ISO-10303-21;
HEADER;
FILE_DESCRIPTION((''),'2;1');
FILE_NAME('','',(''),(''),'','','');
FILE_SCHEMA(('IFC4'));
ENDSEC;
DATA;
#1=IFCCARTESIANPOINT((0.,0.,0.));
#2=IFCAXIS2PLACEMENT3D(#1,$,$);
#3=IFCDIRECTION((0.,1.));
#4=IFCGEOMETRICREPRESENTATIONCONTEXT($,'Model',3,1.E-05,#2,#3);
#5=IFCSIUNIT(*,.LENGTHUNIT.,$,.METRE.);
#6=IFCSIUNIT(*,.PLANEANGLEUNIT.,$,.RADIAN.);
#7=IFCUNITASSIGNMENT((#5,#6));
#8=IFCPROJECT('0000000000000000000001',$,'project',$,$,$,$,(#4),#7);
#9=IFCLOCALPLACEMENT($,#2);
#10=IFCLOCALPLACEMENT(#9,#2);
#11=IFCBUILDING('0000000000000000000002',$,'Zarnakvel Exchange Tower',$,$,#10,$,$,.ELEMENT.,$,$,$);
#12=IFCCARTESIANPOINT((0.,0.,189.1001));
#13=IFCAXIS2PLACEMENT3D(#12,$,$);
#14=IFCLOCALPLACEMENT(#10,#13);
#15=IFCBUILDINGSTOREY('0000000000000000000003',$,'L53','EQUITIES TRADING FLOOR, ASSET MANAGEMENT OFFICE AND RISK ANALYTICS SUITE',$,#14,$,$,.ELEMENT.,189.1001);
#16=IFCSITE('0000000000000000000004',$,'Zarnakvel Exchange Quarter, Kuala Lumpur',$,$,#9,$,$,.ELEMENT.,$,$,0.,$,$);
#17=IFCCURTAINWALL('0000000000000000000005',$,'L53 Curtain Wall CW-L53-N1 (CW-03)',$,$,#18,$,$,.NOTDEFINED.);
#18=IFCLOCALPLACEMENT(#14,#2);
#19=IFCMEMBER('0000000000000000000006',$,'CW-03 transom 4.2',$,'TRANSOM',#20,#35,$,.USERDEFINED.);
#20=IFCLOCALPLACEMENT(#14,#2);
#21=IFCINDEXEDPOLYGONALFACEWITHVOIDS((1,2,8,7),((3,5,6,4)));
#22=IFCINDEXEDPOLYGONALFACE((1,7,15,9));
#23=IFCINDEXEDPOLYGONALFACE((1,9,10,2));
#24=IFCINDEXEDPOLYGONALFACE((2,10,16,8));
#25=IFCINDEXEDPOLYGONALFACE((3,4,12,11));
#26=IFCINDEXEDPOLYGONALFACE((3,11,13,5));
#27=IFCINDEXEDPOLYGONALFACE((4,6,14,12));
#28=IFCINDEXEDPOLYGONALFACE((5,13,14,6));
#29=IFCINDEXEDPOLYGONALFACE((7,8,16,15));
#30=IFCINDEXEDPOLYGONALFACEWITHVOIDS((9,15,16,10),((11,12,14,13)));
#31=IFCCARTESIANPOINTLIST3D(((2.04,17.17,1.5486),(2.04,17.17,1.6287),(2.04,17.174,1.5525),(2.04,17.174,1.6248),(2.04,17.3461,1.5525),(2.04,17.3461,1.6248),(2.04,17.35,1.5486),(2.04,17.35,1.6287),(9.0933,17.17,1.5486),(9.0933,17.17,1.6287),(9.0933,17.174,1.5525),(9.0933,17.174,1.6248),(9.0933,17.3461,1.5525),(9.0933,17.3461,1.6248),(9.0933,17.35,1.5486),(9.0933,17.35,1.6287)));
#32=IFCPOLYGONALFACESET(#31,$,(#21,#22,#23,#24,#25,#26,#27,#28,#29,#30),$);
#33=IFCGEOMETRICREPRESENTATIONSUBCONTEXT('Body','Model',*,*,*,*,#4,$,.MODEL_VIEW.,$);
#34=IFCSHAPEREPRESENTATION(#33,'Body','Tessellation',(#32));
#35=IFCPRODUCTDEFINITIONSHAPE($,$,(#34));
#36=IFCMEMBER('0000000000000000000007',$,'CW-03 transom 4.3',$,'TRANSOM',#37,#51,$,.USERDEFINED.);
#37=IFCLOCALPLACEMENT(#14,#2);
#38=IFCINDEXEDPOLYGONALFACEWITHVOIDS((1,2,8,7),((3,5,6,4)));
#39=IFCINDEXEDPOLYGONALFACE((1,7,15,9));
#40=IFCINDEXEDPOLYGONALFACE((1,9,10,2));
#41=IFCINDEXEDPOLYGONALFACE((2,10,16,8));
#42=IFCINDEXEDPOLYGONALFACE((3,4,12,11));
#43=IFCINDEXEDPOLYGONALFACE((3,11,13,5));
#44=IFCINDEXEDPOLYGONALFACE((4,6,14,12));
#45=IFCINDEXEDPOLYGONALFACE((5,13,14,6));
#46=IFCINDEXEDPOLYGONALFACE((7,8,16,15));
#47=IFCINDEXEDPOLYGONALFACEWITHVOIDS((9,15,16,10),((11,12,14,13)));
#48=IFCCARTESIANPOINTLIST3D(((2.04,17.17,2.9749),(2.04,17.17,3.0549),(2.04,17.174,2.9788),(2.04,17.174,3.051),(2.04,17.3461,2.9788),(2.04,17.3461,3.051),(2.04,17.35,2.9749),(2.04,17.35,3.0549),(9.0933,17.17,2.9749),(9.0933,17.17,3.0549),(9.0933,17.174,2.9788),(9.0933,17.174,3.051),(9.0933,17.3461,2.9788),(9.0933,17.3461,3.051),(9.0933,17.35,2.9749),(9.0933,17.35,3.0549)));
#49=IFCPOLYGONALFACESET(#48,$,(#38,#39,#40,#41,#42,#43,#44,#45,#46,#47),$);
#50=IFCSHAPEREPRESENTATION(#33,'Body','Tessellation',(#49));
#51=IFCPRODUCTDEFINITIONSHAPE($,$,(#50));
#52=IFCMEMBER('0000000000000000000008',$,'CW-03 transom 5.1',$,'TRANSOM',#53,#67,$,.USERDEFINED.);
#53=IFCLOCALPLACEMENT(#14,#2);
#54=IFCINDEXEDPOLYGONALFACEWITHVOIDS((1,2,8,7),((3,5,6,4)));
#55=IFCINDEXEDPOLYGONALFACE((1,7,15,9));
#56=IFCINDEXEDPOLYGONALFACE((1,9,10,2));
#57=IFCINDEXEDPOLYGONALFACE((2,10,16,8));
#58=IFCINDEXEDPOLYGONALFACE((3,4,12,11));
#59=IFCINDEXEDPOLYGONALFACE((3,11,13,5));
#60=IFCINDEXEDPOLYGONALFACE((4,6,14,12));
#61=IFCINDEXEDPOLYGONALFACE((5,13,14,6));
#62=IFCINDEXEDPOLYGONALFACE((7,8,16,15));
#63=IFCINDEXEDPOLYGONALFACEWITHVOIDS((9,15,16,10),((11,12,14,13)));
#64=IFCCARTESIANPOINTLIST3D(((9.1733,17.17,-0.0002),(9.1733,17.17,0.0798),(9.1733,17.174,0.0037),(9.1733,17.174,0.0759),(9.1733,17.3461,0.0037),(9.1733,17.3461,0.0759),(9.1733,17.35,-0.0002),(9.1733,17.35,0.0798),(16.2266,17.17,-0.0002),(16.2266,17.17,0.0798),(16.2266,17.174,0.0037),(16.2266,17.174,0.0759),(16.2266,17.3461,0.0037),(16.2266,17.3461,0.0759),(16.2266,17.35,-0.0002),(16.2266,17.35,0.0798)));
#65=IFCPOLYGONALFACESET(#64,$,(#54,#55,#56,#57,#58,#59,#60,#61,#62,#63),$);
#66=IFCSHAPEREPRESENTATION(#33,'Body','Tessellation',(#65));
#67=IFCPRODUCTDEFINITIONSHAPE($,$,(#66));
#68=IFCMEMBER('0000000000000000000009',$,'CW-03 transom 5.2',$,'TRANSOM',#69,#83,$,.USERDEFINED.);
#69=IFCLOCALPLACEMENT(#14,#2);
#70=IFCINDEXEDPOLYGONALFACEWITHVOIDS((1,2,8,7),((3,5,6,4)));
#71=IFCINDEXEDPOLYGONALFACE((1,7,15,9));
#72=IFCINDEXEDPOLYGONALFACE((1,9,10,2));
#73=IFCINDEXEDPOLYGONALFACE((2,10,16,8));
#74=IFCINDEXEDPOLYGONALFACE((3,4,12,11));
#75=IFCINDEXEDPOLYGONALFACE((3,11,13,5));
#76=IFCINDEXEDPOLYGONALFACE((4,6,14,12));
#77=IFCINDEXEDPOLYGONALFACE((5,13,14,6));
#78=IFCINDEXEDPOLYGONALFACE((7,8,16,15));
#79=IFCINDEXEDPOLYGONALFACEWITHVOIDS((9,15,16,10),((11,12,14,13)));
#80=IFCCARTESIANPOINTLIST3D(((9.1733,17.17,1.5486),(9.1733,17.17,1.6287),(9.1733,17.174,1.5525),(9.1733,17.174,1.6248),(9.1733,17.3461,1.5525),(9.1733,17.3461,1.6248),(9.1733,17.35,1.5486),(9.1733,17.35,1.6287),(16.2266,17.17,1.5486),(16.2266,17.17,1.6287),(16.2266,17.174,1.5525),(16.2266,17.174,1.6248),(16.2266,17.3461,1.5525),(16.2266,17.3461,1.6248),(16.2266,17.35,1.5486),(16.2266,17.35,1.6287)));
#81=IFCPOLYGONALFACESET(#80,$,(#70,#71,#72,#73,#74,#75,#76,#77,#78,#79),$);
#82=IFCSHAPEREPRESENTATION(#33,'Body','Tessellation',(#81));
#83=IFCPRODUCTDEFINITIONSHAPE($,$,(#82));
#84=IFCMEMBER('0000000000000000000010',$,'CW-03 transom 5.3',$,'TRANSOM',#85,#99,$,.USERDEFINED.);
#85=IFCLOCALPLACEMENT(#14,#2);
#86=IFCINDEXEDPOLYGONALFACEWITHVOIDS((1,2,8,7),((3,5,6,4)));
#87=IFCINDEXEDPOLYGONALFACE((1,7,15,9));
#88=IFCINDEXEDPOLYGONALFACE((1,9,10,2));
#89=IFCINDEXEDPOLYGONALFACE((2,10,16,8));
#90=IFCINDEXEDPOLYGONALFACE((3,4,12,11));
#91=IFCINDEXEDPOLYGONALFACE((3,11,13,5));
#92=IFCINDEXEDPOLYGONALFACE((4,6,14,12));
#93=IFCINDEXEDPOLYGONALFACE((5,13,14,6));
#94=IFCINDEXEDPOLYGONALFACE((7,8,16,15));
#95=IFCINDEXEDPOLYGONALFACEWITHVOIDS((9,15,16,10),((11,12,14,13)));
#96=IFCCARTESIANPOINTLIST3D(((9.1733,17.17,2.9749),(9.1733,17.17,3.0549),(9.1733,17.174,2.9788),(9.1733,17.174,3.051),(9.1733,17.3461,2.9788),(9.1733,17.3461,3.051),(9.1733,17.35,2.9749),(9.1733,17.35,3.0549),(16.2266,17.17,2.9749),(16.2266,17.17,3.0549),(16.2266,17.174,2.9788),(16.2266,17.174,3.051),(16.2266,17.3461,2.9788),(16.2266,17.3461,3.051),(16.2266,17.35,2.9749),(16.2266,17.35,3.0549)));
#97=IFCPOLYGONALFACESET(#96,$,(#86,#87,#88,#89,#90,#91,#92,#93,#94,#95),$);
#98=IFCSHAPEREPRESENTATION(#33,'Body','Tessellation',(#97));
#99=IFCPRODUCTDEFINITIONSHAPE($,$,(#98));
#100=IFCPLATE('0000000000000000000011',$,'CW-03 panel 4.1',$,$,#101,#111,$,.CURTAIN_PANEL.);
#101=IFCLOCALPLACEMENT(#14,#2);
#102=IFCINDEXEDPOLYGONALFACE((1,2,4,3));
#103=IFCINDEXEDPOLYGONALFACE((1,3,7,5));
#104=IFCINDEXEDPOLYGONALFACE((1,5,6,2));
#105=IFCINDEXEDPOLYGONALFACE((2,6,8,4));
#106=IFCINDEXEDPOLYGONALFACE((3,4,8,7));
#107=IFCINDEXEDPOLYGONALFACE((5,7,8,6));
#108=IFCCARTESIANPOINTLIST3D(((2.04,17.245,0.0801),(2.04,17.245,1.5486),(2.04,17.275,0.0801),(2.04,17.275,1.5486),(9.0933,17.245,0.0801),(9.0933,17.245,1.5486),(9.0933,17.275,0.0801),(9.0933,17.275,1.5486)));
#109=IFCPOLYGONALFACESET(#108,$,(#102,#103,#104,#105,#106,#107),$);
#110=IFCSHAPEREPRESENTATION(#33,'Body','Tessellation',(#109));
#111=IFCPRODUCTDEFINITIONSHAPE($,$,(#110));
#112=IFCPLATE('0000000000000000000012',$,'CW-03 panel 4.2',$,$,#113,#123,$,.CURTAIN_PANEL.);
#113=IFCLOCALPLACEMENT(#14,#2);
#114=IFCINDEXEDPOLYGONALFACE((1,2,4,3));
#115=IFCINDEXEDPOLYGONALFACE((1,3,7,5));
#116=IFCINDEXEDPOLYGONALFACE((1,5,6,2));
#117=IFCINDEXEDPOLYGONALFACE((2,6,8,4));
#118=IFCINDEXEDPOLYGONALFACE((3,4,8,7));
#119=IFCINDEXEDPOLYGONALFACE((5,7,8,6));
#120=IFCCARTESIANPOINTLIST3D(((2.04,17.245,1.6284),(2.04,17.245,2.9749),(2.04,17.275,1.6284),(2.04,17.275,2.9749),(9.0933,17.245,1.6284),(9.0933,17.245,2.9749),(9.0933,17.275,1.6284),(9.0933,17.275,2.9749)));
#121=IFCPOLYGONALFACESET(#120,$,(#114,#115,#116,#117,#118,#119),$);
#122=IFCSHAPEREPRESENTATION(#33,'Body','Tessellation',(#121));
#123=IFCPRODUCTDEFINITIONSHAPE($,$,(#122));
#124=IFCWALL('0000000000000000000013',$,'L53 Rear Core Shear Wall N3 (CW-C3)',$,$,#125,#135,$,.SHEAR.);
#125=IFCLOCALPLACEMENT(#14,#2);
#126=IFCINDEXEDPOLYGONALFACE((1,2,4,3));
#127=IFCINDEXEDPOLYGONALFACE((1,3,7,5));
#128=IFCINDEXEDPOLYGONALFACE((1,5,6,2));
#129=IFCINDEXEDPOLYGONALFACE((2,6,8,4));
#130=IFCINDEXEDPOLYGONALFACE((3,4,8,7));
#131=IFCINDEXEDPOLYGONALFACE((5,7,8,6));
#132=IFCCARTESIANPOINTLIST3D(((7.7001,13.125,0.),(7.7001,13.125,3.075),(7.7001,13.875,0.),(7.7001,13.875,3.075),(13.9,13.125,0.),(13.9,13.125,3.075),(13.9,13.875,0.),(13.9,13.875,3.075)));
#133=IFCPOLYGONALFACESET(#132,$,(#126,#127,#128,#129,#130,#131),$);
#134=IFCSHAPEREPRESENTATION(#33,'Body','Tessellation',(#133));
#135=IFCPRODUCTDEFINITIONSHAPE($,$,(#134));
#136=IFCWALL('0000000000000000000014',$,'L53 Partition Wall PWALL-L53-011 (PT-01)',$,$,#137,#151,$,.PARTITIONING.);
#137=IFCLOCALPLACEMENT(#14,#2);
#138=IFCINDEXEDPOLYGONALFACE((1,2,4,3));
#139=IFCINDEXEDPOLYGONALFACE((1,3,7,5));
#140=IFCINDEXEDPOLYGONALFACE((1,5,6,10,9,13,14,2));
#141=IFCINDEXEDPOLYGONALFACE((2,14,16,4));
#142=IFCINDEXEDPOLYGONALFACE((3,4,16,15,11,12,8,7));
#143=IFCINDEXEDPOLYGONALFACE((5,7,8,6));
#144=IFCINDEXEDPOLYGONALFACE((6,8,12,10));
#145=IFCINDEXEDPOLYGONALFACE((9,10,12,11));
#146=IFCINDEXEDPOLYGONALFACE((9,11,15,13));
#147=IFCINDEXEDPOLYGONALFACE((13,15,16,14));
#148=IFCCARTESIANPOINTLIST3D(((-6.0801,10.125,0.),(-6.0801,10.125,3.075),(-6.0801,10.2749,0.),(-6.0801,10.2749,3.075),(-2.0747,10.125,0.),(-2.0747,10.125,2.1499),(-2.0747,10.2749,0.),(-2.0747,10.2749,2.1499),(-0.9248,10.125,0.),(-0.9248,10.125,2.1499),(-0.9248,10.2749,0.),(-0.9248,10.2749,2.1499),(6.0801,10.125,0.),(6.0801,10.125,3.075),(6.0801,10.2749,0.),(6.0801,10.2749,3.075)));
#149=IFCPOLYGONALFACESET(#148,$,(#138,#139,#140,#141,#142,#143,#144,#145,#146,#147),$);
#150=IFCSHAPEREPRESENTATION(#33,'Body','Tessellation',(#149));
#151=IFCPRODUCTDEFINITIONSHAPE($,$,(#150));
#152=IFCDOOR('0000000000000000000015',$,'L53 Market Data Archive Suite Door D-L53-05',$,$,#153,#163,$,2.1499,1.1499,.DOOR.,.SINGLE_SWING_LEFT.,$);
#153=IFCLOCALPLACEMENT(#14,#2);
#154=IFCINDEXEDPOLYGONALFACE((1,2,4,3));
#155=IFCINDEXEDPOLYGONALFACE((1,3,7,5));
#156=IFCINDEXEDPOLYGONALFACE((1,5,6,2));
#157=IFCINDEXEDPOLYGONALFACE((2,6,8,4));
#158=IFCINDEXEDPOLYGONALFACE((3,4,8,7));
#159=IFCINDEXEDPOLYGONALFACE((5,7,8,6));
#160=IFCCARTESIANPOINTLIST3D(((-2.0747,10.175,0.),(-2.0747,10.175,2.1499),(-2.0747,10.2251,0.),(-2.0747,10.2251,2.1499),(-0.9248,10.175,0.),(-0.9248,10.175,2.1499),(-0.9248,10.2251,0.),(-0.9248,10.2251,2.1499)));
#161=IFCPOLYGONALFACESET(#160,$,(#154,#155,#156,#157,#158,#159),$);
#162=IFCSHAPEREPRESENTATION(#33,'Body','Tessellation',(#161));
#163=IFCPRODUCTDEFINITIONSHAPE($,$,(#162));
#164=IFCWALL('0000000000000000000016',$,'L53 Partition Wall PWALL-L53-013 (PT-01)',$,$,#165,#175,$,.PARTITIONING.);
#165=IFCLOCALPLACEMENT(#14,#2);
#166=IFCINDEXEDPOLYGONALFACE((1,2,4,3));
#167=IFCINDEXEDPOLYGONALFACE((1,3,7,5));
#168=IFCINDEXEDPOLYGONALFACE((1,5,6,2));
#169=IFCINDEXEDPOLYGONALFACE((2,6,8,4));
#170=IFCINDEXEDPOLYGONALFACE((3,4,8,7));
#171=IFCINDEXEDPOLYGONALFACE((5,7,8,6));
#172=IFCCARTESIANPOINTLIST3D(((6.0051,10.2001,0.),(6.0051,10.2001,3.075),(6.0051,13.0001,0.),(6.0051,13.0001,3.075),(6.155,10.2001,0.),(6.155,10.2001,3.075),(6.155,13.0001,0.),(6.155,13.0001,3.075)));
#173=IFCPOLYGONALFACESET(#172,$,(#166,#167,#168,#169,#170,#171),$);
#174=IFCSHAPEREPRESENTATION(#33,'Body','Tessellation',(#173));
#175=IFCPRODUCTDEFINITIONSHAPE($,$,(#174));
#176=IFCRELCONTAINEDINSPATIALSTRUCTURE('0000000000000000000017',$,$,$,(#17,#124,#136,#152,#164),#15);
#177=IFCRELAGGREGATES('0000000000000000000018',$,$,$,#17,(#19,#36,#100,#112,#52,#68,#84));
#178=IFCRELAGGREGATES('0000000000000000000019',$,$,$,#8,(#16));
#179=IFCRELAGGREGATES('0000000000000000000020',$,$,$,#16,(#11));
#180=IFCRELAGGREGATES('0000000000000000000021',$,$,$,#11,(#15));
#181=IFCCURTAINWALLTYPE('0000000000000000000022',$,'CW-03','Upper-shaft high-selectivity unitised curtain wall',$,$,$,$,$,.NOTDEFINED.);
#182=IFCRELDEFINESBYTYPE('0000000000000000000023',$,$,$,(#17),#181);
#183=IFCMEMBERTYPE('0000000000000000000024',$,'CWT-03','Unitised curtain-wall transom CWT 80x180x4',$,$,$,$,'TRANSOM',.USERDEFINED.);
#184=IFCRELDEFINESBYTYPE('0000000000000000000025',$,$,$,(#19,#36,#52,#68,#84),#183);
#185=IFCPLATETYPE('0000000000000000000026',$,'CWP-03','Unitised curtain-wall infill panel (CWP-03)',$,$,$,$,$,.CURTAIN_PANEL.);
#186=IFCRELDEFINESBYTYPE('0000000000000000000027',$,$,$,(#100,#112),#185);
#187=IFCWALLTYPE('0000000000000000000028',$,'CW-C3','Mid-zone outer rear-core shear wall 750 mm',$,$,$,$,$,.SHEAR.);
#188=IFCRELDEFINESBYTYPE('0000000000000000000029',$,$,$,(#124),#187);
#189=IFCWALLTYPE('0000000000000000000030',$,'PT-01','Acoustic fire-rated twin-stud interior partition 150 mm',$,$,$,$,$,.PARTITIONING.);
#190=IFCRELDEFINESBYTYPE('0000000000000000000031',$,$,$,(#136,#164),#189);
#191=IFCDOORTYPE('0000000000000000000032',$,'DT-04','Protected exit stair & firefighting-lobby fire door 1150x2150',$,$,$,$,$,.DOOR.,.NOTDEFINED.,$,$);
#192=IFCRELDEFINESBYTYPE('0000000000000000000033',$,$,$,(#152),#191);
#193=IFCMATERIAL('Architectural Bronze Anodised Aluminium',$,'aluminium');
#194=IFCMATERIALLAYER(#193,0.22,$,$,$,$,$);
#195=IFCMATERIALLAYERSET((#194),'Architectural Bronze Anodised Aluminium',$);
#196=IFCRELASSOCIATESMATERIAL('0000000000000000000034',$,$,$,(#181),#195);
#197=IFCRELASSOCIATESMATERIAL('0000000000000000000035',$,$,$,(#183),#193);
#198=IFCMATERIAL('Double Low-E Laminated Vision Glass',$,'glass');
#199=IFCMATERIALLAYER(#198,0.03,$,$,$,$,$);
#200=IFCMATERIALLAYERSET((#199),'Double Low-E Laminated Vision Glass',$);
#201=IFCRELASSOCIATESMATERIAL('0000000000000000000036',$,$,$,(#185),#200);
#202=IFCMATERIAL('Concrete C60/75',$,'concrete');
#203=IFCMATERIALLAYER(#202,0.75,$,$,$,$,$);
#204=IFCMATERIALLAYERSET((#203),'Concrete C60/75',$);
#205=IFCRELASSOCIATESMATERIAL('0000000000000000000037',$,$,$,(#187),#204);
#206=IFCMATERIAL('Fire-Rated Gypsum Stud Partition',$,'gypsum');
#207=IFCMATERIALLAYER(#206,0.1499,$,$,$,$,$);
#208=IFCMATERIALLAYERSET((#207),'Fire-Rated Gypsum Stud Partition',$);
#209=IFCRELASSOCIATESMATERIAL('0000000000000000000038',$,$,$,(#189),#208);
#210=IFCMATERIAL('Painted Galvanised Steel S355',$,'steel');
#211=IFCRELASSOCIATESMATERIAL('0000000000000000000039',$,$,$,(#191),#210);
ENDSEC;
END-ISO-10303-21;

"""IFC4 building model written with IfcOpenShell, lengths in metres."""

from ifc_helpers import new_model, si_unit, direction, frame, frame_2d, origin, origin_2d, place, context, subcontext, project, spatial, rectangle, hollow_rectangle, extrude, source, transform, mapped, material, layer, layer_set, material_profile, profile_set, type_object, element, fill, aggregate, save


model = new_model("IFC4")

# Units and contexts
model_context = context("Model", 3, precision=1e-05, world=origin(), true_north=direction((0.0, 1.0)))
body_context = subcontext(model_context, "Body", "Model", "MODEL_VIEW")
ifc_project = project(units=[si_unit("LENGTHUNIT", "METRE"), si_unit("PLANEANGLEUNIT", "RADIAN")], contexts=[model_context])

# Site, building, storey
site_placement = place(None, origin())
site = spatial("IfcSite", under=ifc_project, at=site_placement, Name="Zarnakvel Exchange Quarter, Kuala Lumpur", CompositionType="ELEMENT", RefElevation=0.0)
building_placement = place(site_placement, origin())
building = spatial("IfcBuilding", under=site, at=building_placement, Name="Zarnakvel Exchange Tower", CompositionType="ELEMENT")
storey_placement = place(building_placement, frame((0.0, 0.0, 189.1001)))
storey = spatial("IfcBuildingStorey", under=building, at=storey_placement, Name="L53", Description="EQUITIES TRADING FLOOR, ASSET MANAGEMENT OFFICE AND RISK ANALYTICS SUITE", CompositionType="ELEMENT", Elevation=189.1001)

# Shared definitions
ifc_material_1 = material(Name="Concrete C60/75", Category="concrete")

# Curtain wall, members, plates
ifc_material_2 = material(Name="Architectural Bronze Anodised Aluminium", Category="aluminium")
ifc_layer_1 = layer(ifc_material_2, 0.22)
ifc_layer_set_1 = layer_set([ifc_layer_1], Name="Architectural Bronze Anodised Aluminium")
curtain_wall_type = type_object("IfcCurtainWallType", Name="CW-03", Description="Upper-shaft high-selectivity unitised curtain wall", PredefinedType="NOTDEFINED", material=ifc_layer_set_1)
curtain_wall_placement = place(storey_placement, origin())
curtain_wall = element("IfcCurtainWall", 1, at=curtain_wall_placement, inside=storey, type_object=curtain_wall_type, Name="L53 Curtain Wall CW-L53-N1 (CW-03)", PredefinedType="NOTDEFINED")
ifc_material_profile_1 = material_profile(ifc_material_2, hollow_rectangle(XDim=0.1799, YDim=0.0801, WallThickness=0.0039, at=origin_2d()))
ifc_profile_set_1 = profile_set([ifc_material_profile_1], Name="Architectural Bronze Anodised Aluminium")
member_type_1 = type_object("IfcMemberType", Name="CWT-03", Description="Unitised curtain-wall transom CWT 80x180x4", ElementType="TRANSOM", PredefinedType="USERDEFINED", material=ifc_profile_set_1)
shared_shape_1 = source(origin(), body_context, "Body", "SweptSolid", [
    extrude(hollow_rectangle(XDim=0.1799, YDim=0.0801, WallThickness=0.0039, at=origin_2d()), origin(), (0.0, 0.0, 1.0), 7.0532),
])
member_1_placement = place(storey_placement, frame((2.04, 17.26, 1.5886), z_axis=(1.0, 0.0, 0.0), x_axis=(0.0, 1.0, 0.0)))
member_1 = element("IfcMember", 2, at=member_1_placement, type_object=member_type_1, Name="CW-03 transom 4.2", ObjectType="TRANSOM", PredefinedType="USERDEFINED", context=body_context, shape_type="MappedRepresentation", body=[
    mapped(shared_shape_1, transform((0.0, 0.0, 0.0), x_axis=(1.0, 0.0, 0.0), y_axis=(0.0, 1.0, 0.0), z_axis=(0.0, 0.0, 1.0), scale=1.0)),
])
member_2_placement = place(storey_placement, frame((2.04, 17.26, 3.0149), z_axis=(1.0, 0.0, 0.0), x_axis=(0.0, 1.0, 0.0)))
member_2 = element("IfcMember", 3, at=member_2_placement, type_object=member_type_1, Name="CW-03 transom 4.3", ObjectType="TRANSOM", PredefinedType="USERDEFINED", context=body_context, shape_type="MappedRepresentation", body=[
    mapped(shared_shape_1, transform((0.0, 0.0, 0.0), x_axis=(1.0, 0.0, 0.0), y_axis=(0.0, 1.0, 0.0), z_axis=(0.0, 0.0, 1.0), scale=1.0)),
])
member_3_placement = place(storey_placement, frame((9.1733, 17.26, 0.0398), z_axis=(1.0, 0.0, 0.0), x_axis=(0.0, 1.0, 0.0)))
member_3 = element("IfcMember", 4, at=member_3_placement, type_object=member_type_1, Name="CW-03 transom 5.1", ObjectType="TRANSOM", PredefinedType="USERDEFINED", context=body_context, shape_type="MappedRepresentation", body=[
    mapped(shared_shape_1, transform((0.0, 0.0, 0.0), x_axis=(1.0, 0.0, 0.0), y_axis=(0.0, 1.0, 0.0), z_axis=(0.0, 0.0, 1.0), scale=1.0)),
])
member_4_placement = place(storey_placement, frame((9.1733, 17.26, 1.5886), z_axis=(1.0, 0.0, 0.0), x_axis=(0.0, 1.0, 0.0)))
member_4 = element("IfcMember", 5, at=member_4_placement, type_object=member_type_1, Name="CW-03 transom 5.2", ObjectType="TRANSOM", PredefinedType="USERDEFINED", context=body_context, shape_type="MappedRepresentation", body=[
    mapped(shared_shape_1, transform((0.0, 0.0, 0.0), x_axis=(1.0, 0.0, 0.0), y_axis=(0.0, 1.0, 0.0), z_axis=(0.0, 0.0, 1.0), scale=1.0)),
])
member_5_placement = place(storey_placement, frame((9.1733, 17.26, 3.0149), z_axis=(1.0, 0.0, 0.0), x_axis=(0.0, 1.0, 0.0)))
member_5 = element("IfcMember", 6, at=member_5_placement, type_object=member_type_1, Name="CW-03 transom 5.3", ObjectType="TRANSOM", PredefinedType="USERDEFINED", context=body_context, shape_type="MappedRepresentation", body=[
    mapped(shared_shape_1, transform((0.0, 0.0, 0.0), x_axis=(1.0, 0.0, 0.0), y_axis=(0.0, 1.0, 0.0), z_axis=(0.0, 0.0, 1.0), scale=1.0)),
])
ifc_material_3 = material(Name="Double Low-E Laminated Vision Glass", Category="glass")
ifc_layer_2 = layer(ifc_material_3, 0.03)
ifc_layer_set_2 = layer_set([ifc_layer_2], Name="Double Low-E Laminated Vision Glass")
plate_type = type_object("IfcPlateType", Name="CWP-03", Description="Unitised curtain-wall infill panel (CWP-03)", PredefinedType="CURTAIN_PANEL", material=ifc_layer_set_2)
shared_shape_2 = source(origin(), body_context, "Body", "SweptSolid", [
    extrude(rectangle(XDim=7.0532, YDim=0.03, at=origin_2d()), origin(), (0.0, 0.0, 1.0), 1.4685),
])
plate_1_placement = place(storey_placement, frame((5.5667, 17.26, 0.0801), z_axis=(0.0, 0.0, 1.0), x_axis=(1.0, 0.0, 0.0)))
plate_1 = element("IfcPlate", 7, at=plate_1_placement, type_object=plate_type, Name="CW-03 panel 4.1", PredefinedType="CURTAIN_PANEL", context=body_context, shape_type="MappedRepresentation", body=[
    mapped(shared_shape_2, transform((0.0, 0.0, 0.0), x_axis=(1.0, 0.0, 0.0), y_axis=(0.0, 1.0, 0.0), z_axis=(0.0, 0.0, 1.0), scale=1.0)),
])
shared_shape_3 = source(origin(), body_context, "Body", "SweptSolid", [
    extrude(rectangle(XDim=7.0532, YDim=0.03, at=origin_2d()), origin(), (0.0, 0.0, 1.0), 1.3464),
])
plate_2_placement = place(storey_placement, frame((5.5667, 17.26, 1.6284), z_axis=(0.0, 0.0, 1.0), x_axis=(1.0, 0.0, 0.0)))
plate_2 = element("IfcPlate", 8, at=plate_2_placement, type_object=plate_type, Name="CW-03 panel 4.2", PredefinedType="CURTAIN_PANEL", context=body_context, shape_type="MappedRepresentation", body=[
    mapped(shared_shape_3, transform((0.0, 0.0, 0.0), x_axis=(1.0, 0.0, 0.0), y_axis=(0.0, 1.0, 0.0), z_axis=(0.0, 0.0, 1.0), scale=1.0)),
])
aggregate(curtain_wall, [member_1, member_2, plate_1, plate_2, member_3, member_4, member_5])

# Wall
ifc_layer_3 = layer(ifc_material_1, 0.75)
ifc_layer_set_3 = layer_set([ifc_layer_3], Name="Concrete C60/75")
wall_type_1 = type_object("IfcWallType", Name="CW-C3", Description="Mid-zone outer rear-core shear wall 750 mm", PredefinedType="SHEAR", material=ifc_layer_set_3)
wall_1_placement = place(storey_placement, frame((7.7, 13.5, 0.0), z_axis=(0.0, 0.0, 1.0), x_axis=(1.0, 0.0, 0.0)))
element("IfcWall", 9, at=wall_1_placement, inside=storey, type_object=wall_type_1, Name="L53 Rear Core Shear Wall N3 (CW-C3)", PredefinedType="SHEAR", context=body_context, shape_type="SweptSolid", body=[
    extrude(rectangle(XDim=6.2, YDim=0.75, at=frame_2d((3.1001, 0.0))), origin(), (0.0, 0.0, 1.0), 3.075),
])

# Wall, opening, door
ifc_material_4 = material(Name="Fire-Rated Gypsum Stud Partition", Category="gypsum")
ifc_layer_4 = layer(ifc_material_4, 0.1499)
ifc_layer_set_4 = layer_set([ifc_layer_4], Name="Fire-Rated Gypsum Stud Partition")
wall_type_2 = type_object("IfcWallType", Name="PT-01", Description="Acoustic fire-rated twin-stud interior partition 150 mm", PredefinedType="PARTITIONING", material=ifc_layer_set_4)
wall_2_placement = place(storey_placement, frame((6.0801, 10.2, 0.0), z_axis=(0.0, 0.0, 1.0), x_axis=(-1.0, 0.0, 0.0)))
wall_2 = element("IfcWall", 10, at=wall_2_placement, inside=storey, type_object=wall_type_2, Name="L53 Partition Wall PWALL-L53-011 (PT-01)", PredefinedType="PARTITIONING", context=body_context, shape_type="SweptSolid", body=[
    extrude(rectangle(XDim=12.1602, YDim=0.1499, at=frame_2d((6.0801, 0.0))), origin(), (0.0, 0.0, 1.0), 3.075),
])
opening_placement = place(wall_2_placement, frame((7.0049, 0.0, 0.0)))
opening = element("IfcOpeningElement", 11, at=opening_placement, cuts=wall_2, PredefinedType="OPENING", context=body_context, shape_type="SweptSolid", body=[
    extrude(rectangle(XDim=1.1499, YDim=2.1499, at=frame_2d((0.575, 1.075))), frame((0.0, 0.085, 0.0), z_axis=(0.0, -1.0, 0.0), x_axis=(1.0, 0.0, 0.0)), (0.0, 0.0, 1.0), 0.1699),
])
ifc_material_5 = material(Name="Painted Galvanised Steel S355", Category="steel")
door_type = type_object("IfcDoorType", Name="DT-04", Description="Protected exit stair & firefighting-lobby fire door 1150x2150", OperationType="NOTDEFINED", PredefinedType="DOOR", material=ifc_material_5)
shared_shape_4 = source(origin(), body_context, "Body", "SweptSolid", [
    extrude(rectangle(XDim=1.1499, YDim=2.1499, at=frame_2d((0.575, 1.075))), frame((0.0, 0.0249, 0.0), z_axis=(0.0, -1.0, 0.0), x_axis=(1.0, 0.0, 0.0)), (0.0, 0.0, 1.0), 0.05),
])
door_placement = place(opening_placement, origin())
door = element("IfcDoor", 12, at=door_placement, inside=storey, type_object=door_type, Name="L53 Market Data Archive Suite Door D-L53-05", OperationType="SINGLE_SWING_LEFT", OverallHeight=2.1499, OverallWidth=1.1499, PredefinedType="DOOR", context=body_context, shape_type="MappedRepresentation", body=[
    mapped(shared_shape_4, transform((0.0, 0.0, 0.0), x_axis=(1.0, 0.0, 0.0), y_axis=(0.0, 1.0, 0.0), z_axis=(0.0, 0.0, 1.0), scale=1.0)),
])
fill(opening, door)

# Wall
wall_3_placement = place(storey_placement, frame((6.0801, 13.0, 0.0), z_axis=(0.0, 0.0, 1.0), x_axis=(0.0, -1.0, 0.0)))
element("IfcWall", 13, at=wall_3_placement, inside=storey, type_object=wall_type_2, Name="L53 Partition Wall PWALL-L53-013 (PT-01)", PredefinedType="PARTITIONING", context=body_context, shape_type="SweptSolid", body=[
    extrude(rectangle(XDim=2.8, YDim=0.1499, at=frame_2d((1.3999, 0.0))), origin(), (0.0, 0.0, 1.0), 3.075),
])

save(model, "model.ifc")
